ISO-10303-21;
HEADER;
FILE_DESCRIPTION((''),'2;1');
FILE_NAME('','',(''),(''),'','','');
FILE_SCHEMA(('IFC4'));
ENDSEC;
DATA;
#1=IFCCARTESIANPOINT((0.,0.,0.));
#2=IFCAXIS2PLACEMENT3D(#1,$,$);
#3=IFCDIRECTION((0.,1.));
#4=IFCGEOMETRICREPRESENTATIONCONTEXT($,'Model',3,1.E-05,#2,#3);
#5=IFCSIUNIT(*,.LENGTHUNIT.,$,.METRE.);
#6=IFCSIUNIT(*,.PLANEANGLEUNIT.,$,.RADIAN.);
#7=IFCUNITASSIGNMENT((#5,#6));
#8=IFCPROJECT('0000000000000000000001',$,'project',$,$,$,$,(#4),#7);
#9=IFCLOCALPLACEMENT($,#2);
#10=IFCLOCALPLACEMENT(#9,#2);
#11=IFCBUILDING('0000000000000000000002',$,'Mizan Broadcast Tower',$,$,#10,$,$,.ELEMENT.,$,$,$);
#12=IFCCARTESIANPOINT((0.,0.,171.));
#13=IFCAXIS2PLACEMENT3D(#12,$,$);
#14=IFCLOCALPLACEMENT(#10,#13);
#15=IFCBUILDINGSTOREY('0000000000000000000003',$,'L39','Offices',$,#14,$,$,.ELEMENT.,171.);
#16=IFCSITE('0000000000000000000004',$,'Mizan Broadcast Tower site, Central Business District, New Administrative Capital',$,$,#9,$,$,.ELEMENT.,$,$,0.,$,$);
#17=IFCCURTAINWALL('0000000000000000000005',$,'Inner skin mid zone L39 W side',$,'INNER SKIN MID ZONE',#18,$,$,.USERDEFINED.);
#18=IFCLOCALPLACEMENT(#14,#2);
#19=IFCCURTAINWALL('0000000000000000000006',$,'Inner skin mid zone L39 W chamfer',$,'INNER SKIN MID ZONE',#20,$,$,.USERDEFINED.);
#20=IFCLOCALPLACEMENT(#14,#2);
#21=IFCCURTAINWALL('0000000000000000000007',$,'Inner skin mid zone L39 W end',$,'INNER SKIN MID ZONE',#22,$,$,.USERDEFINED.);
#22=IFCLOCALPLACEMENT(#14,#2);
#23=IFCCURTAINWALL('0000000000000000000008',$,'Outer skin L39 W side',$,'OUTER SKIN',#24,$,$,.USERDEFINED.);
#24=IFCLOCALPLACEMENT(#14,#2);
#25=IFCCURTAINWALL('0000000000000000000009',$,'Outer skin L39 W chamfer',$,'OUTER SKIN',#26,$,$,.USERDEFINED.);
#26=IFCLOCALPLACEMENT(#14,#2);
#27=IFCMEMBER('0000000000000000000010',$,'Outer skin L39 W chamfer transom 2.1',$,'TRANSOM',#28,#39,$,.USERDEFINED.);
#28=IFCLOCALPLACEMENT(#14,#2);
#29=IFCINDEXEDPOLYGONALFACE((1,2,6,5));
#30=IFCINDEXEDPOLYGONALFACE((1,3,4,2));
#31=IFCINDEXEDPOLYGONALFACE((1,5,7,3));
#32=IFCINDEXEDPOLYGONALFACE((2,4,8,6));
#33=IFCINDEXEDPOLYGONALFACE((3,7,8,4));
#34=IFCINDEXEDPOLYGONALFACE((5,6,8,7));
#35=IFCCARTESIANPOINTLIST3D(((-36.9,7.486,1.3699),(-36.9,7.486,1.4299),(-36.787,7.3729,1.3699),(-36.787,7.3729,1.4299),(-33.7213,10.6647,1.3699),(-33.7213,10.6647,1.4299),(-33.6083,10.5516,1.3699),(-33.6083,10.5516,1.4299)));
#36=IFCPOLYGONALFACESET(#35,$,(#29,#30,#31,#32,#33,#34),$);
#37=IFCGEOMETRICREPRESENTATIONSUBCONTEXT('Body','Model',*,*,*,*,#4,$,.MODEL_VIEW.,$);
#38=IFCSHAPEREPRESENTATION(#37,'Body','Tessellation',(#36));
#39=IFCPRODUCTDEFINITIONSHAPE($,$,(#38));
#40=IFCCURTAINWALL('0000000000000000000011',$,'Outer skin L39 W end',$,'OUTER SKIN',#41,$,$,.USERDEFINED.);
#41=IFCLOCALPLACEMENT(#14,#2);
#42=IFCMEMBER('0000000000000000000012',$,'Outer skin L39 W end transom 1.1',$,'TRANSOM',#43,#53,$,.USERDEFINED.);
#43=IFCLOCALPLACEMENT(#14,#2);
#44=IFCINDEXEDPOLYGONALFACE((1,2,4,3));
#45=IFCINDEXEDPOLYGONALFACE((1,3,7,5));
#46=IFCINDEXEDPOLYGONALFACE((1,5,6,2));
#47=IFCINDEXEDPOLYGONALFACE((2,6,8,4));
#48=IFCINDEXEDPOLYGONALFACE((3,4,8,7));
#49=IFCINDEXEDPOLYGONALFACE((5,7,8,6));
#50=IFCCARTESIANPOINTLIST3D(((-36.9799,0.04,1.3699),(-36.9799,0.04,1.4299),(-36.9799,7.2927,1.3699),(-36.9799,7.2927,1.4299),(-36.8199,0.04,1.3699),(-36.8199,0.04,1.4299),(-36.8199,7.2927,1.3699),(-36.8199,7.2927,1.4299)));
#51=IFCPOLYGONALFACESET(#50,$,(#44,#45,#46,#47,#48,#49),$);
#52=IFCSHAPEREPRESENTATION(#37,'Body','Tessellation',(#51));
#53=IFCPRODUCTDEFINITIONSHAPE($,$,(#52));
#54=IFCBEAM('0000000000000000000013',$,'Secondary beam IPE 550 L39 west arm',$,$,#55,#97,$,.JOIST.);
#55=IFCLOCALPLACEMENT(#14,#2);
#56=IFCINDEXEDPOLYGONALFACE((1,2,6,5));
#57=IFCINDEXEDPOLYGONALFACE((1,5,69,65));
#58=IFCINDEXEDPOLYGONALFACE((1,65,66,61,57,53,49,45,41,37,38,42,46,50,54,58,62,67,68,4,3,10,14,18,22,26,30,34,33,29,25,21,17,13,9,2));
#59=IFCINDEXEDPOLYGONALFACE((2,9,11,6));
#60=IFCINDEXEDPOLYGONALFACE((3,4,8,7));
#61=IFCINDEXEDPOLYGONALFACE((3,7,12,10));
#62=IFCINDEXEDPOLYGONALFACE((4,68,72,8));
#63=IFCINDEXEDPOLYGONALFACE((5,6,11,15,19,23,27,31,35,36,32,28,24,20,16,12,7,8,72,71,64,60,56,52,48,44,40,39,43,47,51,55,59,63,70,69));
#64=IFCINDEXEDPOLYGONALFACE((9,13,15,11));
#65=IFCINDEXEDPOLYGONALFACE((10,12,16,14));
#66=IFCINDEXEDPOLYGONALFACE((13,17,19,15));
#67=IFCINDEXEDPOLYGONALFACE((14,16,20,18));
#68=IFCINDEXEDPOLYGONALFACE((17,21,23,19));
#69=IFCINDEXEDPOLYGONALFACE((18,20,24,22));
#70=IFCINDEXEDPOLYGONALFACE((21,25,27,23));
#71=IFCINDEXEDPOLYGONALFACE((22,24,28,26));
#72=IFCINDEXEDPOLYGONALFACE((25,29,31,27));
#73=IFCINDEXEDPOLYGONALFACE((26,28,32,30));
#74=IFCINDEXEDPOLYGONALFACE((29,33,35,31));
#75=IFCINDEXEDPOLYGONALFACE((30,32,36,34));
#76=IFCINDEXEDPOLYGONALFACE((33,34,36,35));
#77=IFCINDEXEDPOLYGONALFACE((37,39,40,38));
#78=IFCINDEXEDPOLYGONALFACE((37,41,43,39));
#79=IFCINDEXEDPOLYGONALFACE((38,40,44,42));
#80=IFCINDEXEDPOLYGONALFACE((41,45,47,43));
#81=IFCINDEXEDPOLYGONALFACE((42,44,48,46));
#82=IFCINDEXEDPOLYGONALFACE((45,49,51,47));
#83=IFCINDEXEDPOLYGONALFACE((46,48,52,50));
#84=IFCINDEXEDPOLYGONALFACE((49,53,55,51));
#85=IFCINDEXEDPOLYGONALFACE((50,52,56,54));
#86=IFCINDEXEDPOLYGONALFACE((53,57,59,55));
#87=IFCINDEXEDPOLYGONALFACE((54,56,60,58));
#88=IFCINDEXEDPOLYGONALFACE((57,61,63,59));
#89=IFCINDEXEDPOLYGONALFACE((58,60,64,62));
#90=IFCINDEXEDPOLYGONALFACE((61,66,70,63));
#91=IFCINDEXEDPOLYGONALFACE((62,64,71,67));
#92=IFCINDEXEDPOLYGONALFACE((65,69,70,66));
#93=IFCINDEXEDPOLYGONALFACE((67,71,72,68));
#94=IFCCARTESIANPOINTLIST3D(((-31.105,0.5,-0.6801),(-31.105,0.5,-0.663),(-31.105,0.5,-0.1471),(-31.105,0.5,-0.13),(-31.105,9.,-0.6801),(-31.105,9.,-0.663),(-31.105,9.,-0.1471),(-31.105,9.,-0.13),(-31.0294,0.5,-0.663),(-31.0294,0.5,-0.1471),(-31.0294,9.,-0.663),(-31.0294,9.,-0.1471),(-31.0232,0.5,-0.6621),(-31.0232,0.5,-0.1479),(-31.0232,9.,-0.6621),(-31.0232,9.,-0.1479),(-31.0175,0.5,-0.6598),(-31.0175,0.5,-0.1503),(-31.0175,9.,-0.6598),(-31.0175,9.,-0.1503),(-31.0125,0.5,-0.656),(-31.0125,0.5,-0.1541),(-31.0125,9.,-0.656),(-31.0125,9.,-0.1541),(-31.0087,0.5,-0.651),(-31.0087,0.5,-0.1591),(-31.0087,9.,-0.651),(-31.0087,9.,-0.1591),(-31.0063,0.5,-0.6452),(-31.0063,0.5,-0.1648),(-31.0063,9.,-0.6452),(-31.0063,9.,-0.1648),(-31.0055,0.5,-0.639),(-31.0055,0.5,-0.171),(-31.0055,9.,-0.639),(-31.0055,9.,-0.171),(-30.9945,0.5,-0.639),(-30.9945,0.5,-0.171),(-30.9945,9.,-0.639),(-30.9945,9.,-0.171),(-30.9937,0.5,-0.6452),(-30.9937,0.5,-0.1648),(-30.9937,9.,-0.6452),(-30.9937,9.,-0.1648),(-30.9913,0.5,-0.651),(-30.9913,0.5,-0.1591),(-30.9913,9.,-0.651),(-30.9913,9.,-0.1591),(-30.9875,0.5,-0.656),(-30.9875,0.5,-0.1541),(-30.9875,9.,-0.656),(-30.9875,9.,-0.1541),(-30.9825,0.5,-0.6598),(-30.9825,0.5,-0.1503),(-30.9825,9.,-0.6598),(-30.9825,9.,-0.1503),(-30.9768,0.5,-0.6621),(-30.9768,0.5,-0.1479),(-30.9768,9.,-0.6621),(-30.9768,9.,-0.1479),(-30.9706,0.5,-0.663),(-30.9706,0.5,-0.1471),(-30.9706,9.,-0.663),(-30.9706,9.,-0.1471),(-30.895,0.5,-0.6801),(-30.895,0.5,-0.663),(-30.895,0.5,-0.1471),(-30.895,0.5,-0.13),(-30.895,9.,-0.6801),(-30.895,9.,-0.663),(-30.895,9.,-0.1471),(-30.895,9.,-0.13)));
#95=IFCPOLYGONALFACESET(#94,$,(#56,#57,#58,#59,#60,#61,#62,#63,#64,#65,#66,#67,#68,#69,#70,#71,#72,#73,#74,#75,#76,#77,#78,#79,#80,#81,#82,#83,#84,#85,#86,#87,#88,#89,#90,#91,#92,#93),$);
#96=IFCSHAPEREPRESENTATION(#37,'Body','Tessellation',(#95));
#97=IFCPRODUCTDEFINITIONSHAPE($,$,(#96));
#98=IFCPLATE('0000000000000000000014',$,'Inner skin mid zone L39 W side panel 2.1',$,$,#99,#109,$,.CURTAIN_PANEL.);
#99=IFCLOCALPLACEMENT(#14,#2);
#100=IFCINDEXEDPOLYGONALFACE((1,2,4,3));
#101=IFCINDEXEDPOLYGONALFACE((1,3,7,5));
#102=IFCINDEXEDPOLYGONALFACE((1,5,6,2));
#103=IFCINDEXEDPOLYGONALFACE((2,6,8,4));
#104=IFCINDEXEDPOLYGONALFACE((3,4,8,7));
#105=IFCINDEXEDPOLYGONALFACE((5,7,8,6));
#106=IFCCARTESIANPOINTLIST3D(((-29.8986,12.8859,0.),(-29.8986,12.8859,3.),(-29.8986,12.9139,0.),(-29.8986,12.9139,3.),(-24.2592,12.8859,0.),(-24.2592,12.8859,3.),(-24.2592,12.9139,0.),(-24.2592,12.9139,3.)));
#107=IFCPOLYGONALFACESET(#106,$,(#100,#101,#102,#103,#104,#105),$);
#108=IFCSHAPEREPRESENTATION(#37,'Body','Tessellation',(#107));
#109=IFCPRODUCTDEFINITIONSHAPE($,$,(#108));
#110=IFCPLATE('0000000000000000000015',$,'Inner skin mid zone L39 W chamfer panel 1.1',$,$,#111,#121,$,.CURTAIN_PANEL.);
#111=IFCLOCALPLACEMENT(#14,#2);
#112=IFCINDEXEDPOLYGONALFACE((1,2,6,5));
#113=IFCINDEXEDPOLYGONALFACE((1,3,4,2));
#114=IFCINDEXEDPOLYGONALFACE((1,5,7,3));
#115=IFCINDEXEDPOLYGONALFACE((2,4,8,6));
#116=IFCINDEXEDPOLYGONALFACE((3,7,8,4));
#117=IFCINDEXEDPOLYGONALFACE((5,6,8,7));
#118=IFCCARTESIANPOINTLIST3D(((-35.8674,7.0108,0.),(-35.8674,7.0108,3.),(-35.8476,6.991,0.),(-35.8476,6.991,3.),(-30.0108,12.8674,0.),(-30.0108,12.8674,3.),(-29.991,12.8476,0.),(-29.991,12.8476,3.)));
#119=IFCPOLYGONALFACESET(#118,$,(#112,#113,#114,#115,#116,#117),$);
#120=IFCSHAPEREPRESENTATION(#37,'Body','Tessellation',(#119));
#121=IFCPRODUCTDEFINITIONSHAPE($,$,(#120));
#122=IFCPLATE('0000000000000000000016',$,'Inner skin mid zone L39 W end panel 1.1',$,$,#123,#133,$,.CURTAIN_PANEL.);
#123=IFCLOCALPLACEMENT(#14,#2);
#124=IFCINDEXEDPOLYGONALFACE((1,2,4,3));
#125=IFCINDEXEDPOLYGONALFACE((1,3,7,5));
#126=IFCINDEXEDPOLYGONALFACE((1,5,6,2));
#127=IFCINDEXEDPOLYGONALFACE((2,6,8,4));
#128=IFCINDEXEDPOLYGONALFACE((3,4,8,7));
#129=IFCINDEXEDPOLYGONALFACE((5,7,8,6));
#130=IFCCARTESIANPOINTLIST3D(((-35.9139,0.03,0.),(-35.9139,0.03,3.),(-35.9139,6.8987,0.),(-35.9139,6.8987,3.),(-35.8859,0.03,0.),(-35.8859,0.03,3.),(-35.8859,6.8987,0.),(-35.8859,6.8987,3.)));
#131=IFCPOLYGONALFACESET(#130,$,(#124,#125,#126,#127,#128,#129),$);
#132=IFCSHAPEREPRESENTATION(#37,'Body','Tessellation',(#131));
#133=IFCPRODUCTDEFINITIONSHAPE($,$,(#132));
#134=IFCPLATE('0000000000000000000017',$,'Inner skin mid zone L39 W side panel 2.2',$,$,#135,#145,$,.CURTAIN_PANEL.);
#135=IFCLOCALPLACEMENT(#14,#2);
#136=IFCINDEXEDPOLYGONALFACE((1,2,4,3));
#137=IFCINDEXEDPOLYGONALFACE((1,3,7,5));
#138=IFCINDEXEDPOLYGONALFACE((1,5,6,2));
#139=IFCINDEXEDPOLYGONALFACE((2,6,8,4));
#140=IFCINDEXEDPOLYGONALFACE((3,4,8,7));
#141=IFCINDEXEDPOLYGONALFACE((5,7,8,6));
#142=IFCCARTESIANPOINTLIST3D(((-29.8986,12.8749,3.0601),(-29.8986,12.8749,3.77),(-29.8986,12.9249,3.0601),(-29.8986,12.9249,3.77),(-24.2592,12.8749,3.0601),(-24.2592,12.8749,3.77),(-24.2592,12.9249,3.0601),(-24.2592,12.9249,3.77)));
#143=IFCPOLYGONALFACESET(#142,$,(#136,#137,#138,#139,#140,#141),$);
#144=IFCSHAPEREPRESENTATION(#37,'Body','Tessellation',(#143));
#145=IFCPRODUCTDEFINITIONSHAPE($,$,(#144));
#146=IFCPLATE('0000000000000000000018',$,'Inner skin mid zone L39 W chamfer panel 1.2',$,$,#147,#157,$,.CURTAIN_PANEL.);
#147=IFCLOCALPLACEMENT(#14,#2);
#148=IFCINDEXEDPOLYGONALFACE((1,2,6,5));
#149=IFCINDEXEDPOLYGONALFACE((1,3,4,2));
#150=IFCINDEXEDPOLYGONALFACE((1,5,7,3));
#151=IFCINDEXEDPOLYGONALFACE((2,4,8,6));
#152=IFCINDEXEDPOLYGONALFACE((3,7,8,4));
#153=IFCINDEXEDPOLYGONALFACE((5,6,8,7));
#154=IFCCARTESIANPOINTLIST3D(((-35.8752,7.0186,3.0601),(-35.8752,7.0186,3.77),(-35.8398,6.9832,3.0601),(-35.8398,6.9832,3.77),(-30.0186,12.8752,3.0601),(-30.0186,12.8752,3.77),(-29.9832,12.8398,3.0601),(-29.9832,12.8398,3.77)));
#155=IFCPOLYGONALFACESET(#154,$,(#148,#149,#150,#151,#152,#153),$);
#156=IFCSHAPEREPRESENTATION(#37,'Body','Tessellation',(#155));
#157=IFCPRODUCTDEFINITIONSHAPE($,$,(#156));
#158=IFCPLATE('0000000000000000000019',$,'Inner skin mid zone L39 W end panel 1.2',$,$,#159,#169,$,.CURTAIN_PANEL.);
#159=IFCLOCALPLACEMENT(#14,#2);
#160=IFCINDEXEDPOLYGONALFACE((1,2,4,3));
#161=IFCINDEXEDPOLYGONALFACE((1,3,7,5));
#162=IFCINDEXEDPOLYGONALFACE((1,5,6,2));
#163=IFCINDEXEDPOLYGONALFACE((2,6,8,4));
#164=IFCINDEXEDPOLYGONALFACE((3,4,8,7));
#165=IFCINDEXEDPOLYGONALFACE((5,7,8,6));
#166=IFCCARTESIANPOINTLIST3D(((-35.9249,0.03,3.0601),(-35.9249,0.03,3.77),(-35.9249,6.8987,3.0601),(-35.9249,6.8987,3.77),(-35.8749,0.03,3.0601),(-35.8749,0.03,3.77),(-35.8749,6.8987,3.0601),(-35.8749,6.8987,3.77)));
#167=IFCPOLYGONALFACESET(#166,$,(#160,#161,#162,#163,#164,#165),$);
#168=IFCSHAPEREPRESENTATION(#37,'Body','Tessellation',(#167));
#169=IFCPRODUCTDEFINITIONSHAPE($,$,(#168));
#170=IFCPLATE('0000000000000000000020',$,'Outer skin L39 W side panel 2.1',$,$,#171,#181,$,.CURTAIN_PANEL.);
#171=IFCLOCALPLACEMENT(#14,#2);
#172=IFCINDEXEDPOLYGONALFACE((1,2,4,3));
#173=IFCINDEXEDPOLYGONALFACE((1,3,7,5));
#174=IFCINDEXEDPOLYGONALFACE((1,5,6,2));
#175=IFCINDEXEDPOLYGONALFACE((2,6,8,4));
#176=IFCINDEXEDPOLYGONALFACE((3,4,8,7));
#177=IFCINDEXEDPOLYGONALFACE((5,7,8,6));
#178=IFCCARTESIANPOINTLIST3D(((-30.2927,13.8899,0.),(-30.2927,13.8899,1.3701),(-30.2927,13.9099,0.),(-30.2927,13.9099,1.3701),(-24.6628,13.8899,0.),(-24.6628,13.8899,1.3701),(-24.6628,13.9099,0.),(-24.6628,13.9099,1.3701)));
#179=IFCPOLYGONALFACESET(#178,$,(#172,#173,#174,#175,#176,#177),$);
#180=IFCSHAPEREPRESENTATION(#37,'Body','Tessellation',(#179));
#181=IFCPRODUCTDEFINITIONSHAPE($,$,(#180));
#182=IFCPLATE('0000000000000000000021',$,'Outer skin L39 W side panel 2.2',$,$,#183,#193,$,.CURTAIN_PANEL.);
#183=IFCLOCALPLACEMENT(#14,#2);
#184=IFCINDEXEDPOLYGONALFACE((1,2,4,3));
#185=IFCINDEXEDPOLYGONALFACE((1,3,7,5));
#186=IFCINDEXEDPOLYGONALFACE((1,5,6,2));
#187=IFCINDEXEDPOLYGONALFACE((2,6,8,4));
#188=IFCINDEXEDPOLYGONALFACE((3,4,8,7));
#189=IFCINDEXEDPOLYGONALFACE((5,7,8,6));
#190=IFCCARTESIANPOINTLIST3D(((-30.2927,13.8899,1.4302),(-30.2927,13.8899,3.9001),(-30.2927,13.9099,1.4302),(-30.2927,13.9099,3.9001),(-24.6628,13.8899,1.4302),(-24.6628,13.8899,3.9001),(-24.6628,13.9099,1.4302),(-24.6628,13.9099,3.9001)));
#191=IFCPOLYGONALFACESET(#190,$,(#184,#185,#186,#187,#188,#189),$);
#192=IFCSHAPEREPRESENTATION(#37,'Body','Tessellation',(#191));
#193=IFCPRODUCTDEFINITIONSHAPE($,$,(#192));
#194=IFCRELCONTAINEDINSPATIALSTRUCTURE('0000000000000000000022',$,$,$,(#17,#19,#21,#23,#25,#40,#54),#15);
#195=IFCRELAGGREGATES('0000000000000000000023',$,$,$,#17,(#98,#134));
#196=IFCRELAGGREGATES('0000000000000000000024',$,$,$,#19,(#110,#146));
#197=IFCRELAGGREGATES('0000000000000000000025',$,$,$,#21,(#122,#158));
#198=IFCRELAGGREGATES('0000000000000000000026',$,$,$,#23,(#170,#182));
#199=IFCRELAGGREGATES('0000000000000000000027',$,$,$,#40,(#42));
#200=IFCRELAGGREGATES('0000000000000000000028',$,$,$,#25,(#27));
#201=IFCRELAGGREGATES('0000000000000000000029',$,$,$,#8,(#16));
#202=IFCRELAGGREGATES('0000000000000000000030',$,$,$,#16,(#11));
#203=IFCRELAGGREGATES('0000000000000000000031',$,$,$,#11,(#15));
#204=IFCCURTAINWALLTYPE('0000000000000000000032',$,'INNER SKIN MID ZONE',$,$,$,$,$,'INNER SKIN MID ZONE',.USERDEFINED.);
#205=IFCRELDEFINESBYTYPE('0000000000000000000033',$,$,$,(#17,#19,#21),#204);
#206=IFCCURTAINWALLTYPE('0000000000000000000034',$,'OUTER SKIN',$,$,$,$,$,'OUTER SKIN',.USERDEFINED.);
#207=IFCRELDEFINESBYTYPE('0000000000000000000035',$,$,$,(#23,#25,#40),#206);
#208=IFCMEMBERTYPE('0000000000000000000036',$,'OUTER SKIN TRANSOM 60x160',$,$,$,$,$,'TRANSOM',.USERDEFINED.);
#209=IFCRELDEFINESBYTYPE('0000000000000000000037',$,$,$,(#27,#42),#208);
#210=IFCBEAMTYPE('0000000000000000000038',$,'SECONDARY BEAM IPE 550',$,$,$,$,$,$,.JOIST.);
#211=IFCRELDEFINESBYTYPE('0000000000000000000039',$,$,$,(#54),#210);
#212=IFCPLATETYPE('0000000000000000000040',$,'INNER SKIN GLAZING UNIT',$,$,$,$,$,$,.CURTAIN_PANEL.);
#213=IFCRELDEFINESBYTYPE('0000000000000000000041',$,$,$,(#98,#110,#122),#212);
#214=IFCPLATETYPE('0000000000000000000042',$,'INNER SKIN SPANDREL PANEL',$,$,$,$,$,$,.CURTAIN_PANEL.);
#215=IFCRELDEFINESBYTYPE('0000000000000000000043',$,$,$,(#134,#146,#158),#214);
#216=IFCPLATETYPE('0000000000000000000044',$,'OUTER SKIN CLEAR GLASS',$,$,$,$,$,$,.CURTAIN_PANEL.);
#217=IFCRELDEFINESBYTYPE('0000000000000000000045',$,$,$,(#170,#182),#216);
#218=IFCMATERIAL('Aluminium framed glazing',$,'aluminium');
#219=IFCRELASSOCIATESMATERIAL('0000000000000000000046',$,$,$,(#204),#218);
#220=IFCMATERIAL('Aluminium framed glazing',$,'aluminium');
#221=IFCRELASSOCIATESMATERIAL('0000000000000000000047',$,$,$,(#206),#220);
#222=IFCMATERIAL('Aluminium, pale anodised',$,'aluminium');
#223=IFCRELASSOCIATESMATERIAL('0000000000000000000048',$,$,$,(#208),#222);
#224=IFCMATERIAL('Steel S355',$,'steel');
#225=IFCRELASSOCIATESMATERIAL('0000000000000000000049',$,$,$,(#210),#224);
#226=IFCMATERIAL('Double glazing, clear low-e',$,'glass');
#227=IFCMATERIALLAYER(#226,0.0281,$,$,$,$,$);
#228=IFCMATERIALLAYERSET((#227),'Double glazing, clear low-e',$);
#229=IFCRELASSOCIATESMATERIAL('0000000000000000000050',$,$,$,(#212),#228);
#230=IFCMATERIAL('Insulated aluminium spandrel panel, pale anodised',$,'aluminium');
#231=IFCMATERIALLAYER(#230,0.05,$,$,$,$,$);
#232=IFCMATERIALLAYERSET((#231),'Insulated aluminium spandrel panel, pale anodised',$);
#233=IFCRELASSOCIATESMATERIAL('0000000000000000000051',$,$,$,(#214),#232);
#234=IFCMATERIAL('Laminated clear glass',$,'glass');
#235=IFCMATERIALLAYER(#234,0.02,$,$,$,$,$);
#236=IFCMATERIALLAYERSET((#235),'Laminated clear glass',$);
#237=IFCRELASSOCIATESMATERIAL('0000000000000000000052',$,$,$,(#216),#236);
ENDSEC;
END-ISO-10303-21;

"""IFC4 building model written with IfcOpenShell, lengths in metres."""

from ifc_helpers import new_model, si_unit, direction, frame, origin, origin_2d, place, context, subcontext, project, spatial, rectangle, i_section, extrude, material, layer, layer_set, material_profile, profile_set, type_object, element, aggregate, save


model = new_model("IFC4")

# Units and contexts
model_context = context("Model", 3, precision=1e-05, world=origin(), true_north=direction((0.0, 1.0)))
body_context = subcontext(model_context, "Body", "Model", "MODEL_VIEW")
ifc_project = project(units=[si_unit("LENGTHUNIT", "METRE"), si_unit("PLANEANGLEUNIT", "RADIAN")], contexts=[model_context])

# Site, building, storey
site_placement = place(None, origin())
site = spatial("IfcSite", under=ifc_project, at=site_placement, Name="Mizan Broadcast Tower site, Central Business District, New Administrative Capital", CompositionType="ELEMENT", RefElevation=0.0)
building_placement = place(site_placement, origin())
building = spatial("IfcBuilding", under=site, at=building_placement, Name="Mizan Broadcast Tower", CompositionType="ELEMENT")
storey_placement = place(building_placement, frame((0.0, 0.0, 171.0)))
storey = spatial("IfcBuildingStorey", under=building, at=storey_placement, Name="L39", Description="Offices", CompositionType="ELEMENT", Elevation=171.0)

# Curtain wall
ifc_material_1 = material(Name="Aluminium framed glazing", Category="aluminium")
curtain_wall_type_1 = type_object("IfcCurtainWallType", Name="INNER SKIN MID ZONE", ElementType="INNER SKIN MID ZONE", PredefinedType="USERDEFINED", material=ifc_material_1)
curtain_wall_1_placement = place(storey_placement, origin())
curtain_wall_1 = element("IfcCurtainWall", 1, at=curtain_wall_1_placement, inside=storey, type_object=curtain_wall_type_1, Name="Inner skin mid zone L39 W side", ObjectType="INNER SKIN MID ZONE", PredefinedType="USERDEFINED")

# Curtain wall
curtain_wall_2_placement = place(storey_placement, origin())
curtain_wall_2 = element("IfcCurtainWall", 2, at=curtain_wall_2_placement, inside=storey, type_object=curtain_wall_type_1, Name="Inner skin mid zone L39 W chamfer", ObjectType="INNER SKIN MID ZONE", PredefinedType="USERDEFINED")

# Curtain walls
curtain_wall_3_placement = place(storey_placement, origin())
curtain_wall_3 = element("IfcCurtainWall", 3, at=curtain_wall_3_placement, inside=storey, type_object=curtain_wall_type_1, Name="Inner skin mid zone L39 W end", ObjectType="INNER SKIN MID ZONE", PredefinedType="USERDEFINED")
ifc_material_2 = material(Name="Aluminium framed glazing", Category="aluminium")
curtain_wall_type_2 = type_object("IfcCurtainWallType", Name="OUTER SKIN", ElementType="OUTER SKIN", PredefinedType="USERDEFINED", material=ifc_material_2)
curtain_wall_4_placement = place(storey_placement, origin())
curtain_wall_4 = element("IfcCurtainWall", 4, at=curtain_wall_4_placement, inside=storey, type_object=curtain_wall_type_2, Name="Outer skin L39 W side", ObjectType="OUTER SKIN", PredefinedType="USERDEFINED")

# Curtain wall, member
curtain_wall_5_placement = place(storey_placement, origin())
curtain_wall_5 = element("IfcCurtainWall", 5, at=curtain_wall_5_placement, inside=storey, type_object=curtain_wall_type_2, Name="Outer skin L39 W chamfer", ObjectType="OUTER SKIN", PredefinedType="USERDEFINED")
ifc_material_3 = material(Name="Aluminium, pale anodised", Category="aluminium")
ifc_material_profile_1 = material_profile(ifc_material_3, rectangle(XDim=0.1599, YDim=0.0601, at=origin_2d()), Name="TRANSOM 160x60")
ifc_profile_set_1 = profile_set([ifc_material_profile_1], Name="Aluminium, pale anodised")
member_type_1 = type_object("IfcMemberType", Name="OUTER SKIN TRANSOM 60x160", ElementType="TRANSOM", PredefinedType="USERDEFINED", material=ifc_profile_set_1)
member_1_placement = place(storey_placement, frame((-33.6648, 10.6082, 1.3999), z_axis=(-0.707107, -0.707107, 0.0), x_axis=(0.707107, -0.707107, 0.0)))
member_1 = element("IfcMember", 6, at=member_1_placement, type_object=member_type_1, Name="Outer skin L39 W chamfer transom 2.1", ObjectType="TRANSOM", PredefinedType="USERDEFINED", context=body_context, shape_type="SweptSolid", body=[
    extrude(rectangle(XDim=0.1599, YDim=0.0601, at=origin_2d()), origin(), (0.0, 0.0, 1.0), 4.4954),
])

# Curtain wall, member
curtain_wall_6_placement = place(storey_placement, origin())
curtain_wall_6 = element("IfcCurtainWall", 7, at=curtain_wall_6_placement, inside=storey, type_object=curtain_wall_type_2, Name="Outer skin L39 W end", ObjectType="OUTER SKIN", PredefinedType="USERDEFINED")
member_2_placement = place(storey_placement, frame((-36.8999, 7.2927, 1.3999), z_axis=(0.0, -1.0, 0.0), x_axis=(1.0, 0.0, 0.0)))
member_2 = element("IfcMember", 8, at=member_2_placement, type_object=member_type_1, Name="Outer skin L39 W end transom 1.1", ObjectType="TRANSOM", PredefinedType="USERDEFINED", context=body_context, shape_type="SweptSolid", body=[
    extrude(rectangle(XDim=0.1599, YDim=0.0601, at=origin_2d()), origin(), (0.0, 0.0, 1.0), 7.2527),
])

# Beam
ifc_material_4 = material(Name="Steel S355", Category="steel")
ifc_material_profile_2 = material_profile(ifc_material_4, i_section(OverallWidth=0.21, OverallDepth=0.55, WebThickness=0.011, FlangeThickness=0.0171, FilletRadius=0.0239, at=origin_2d()), Name="IPE 550")
ifc_profile_set_2 = profile_set([ifc_material_profile_2], Name="Steel S355")
beam_type_1 = type_object("IfcBeamType", Name="SECONDARY BEAM IPE 550", PredefinedType="JOIST", material=ifc_profile_set_2)
beam_1_placement = place(storey_placement, frame((-31.0, 9.0, -0.405), z_axis=(0.0, -1.0, 0.0), x_axis=(1.0, 0.0, 0.0)))
element("IfcBeam", 9, at=beam_1_placement, inside=storey, type_object=beam_type_1, Name="Secondary beam IPE 550 L39 west arm", PredefinedType="JOIST", context=body_context, shape_type="SweptSolid", body=[
    extrude(i_section(OverallWidth=0.21, OverallDepth=0.55, WebThickness=0.011, FlangeThickness=0.0171, FilletRadius=0.0239, at=origin_2d()), origin(), (0.0, 0.0, 1.0), 8.5),
])

# Plates
ifc_material_5 = material(Name="Double glazing, clear low-e", Category="glass")
ifc_layer_1 = layer(ifc_material_5, 0.0281)
ifc_layer_set_1 = layer_set([ifc_layer_1], Name="Double glazing, clear low-e")
plate_type_1 = type_object("IfcPlateType", Name="INNER SKIN GLAZING UNIT", PredefinedType="CURTAIN_PANEL", material=ifc_layer_set_1)
plate_1_placement = place(storey_placement, frame((-27.0789, 12.8999, 0.0), z_axis=(0.0, 0.0, 1.0), x_axis=(-1.0, 0.0, 0.0)))
plate_1 = element("IfcPlate", 10, at=plate_1_placement, type_object=plate_type_1, Name="Inner skin mid zone L39 W side panel 2.1", PredefinedType="CURTAIN_PANEL", context=body_context, shape_type="SweptSolid", body=[
    extrude(rectangle(XDim=5.6394, YDim=0.0281, at=origin_2d()), origin(), (0.0, 0.0, 1.0), 3.0),
])
plate_2_placement = place(storey_placement, frame((-32.9292, 9.9292, 0.0), z_axis=(0.0, 0.0, 1.0), x_axis=(-0.707107, -0.707107, 0.0)))
plate_2 = element("IfcPlate", 11, at=plate_2_placement, type_object=plate_type_1, Name="Inner skin mid zone L39 W chamfer panel 1.1", PredefinedType="CURTAIN_PANEL", context=body_context, shape_type="SweptSolid", body=[
    extrude(rectangle(XDim=8.2825, YDim=0.0281, at=origin_2d()), origin(), (0.0, 0.0, 1.0), 3.0),
])
plate_3_placement = place(storey_placement, frame((-35.8999, 3.4644, 0.0), z_axis=(0.0, 0.0, 1.0), x_axis=(0.0, -1.0, 0.0)))
plate_3 = element("IfcPlate", 12, at=plate_3_placement, type_object=plate_type_1, Name="Inner skin mid zone L39 W end panel 1.1", PredefinedType="CURTAIN_PANEL", context=body_context, shape_type="SweptSolid", body=[
    extrude(rectangle(XDim=6.8687, YDim=0.0281, at=origin_2d()), origin(), (0.0, 0.0, 1.0), 3.0),
])
ifc_material_6 = material(Name="Insulated aluminium spandrel panel, pale anodised", Category="aluminium")
ifc_layer_2 = layer(ifc_material_6, 0.05)
ifc_layer_set_2 = layer_set([ifc_layer_2], Name="Insulated aluminium spandrel panel, pale anodised")
plate_type_2 = type_object("IfcPlateType", Name="INNER SKIN SPANDREL PANEL", PredefinedType="CURTAIN_PANEL", material=ifc_layer_set_2)
plate_4_placement = place(storey_placement, frame((-27.0789, 12.8999, 3.0601), z_axis=(0.0, 0.0, 1.0), x_axis=(-1.0, 0.0, 0.0)))
plate_4 = element("IfcPlate", 13, at=plate_4_placement, type_object=plate_type_2, Name="Inner skin mid zone L39 W side panel 2.2", PredefinedType="CURTAIN_PANEL", context=body_context, shape_type="SweptSolid", body=[
    extrude(rectangle(XDim=5.6394, YDim=0.05, at=origin_2d()), origin(), (0.0, 0.0, 1.0), 0.71),
])
aggregate(curtain_wall_1, [plate_1, plate_4])
plate_5_placement = place(storey_placement, frame((-32.9292, 9.9292, 3.0601), z_axis=(0.0, 0.0, 1.0), x_axis=(-0.707107, -0.707107, 0.0)))
plate_5 = element("IfcPlate", 14, at=plate_5_placement, type_object=plate_type_2, Name="Inner skin mid zone L39 W chamfer panel 1.2", PredefinedType="CURTAIN_PANEL", context=body_context, shape_type="SweptSolid", body=[
    extrude(rectangle(XDim=8.2825, YDim=0.05, at=origin_2d()), origin(), (0.0, 0.0, 1.0), 0.71),
])
aggregate(curtain_wall_2, [plate_2, plate_5])
plate_6_placement = place(storey_placement, frame((-35.8999, 3.4644, 3.0601), z_axis=(0.0, 0.0, 1.0), x_axis=(0.0, -1.0, 0.0)))
plate_6 = element("IfcPlate", 15, at=plate_6_placement, type_object=plate_type_2, Name="Inner skin mid zone L39 W end panel 1.2", PredefinedType="CURTAIN_PANEL", context=body_context, shape_type="SweptSolid", body=[
    extrude(rectangle(XDim=6.8687, YDim=0.05, at=origin_2d()), origin(), (0.0, 0.0, 1.0), 0.71),
])
aggregate(curtain_wall_3, [plate_3, plate_6])
ifc_material_7 = material(Name="Laminated clear glass", Category="glass")
ifc_layer_3 = layer(ifc_material_7, 0.02)
ifc_layer_set_3 = layer_set([ifc_layer_3], Name="Laminated clear glass")
plate_type_3 = type_object("IfcPlateType", Name="OUTER SKIN CLEAR GLASS", PredefinedType="CURTAIN_PANEL", material=ifc_layer_set_3)
plate_7_placement = place(storey_placement, frame((-27.4778, 13.8999, 0.0), z_axis=(0.0, 0.0, 1.0), x_axis=(-1.0, 0.0, 0.0)))
plate_7 = element("IfcPlate", 16, at=plate_7_placement, type_object=plate_type_3, Name="Outer skin L39 W side panel 2.1", PredefinedType="CURTAIN_PANEL", context=body_context, shape_type="SweptSolid", body=[
    extrude(rectangle(XDim=5.6299, YDim=0.02, at=origin_2d()), origin(), (0.0, 0.0, 1.0), 1.3701),
])
plate_8_placement = place(storey_placement, frame((-27.4778, 13.8999, 1.4302), z_axis=(0.0, 0.0, 1.0), x_axis=(-1.0, 0.0, 0.0)))
plate_8 = element("IfcPlate", 17, at=plate_8_placement, type_object=plate_type_3, Name="Outer skin L39 W side panel 2.2", PredefinedType="CURTAIN_PANEL", context=body_context, shape_type="SweptSolid", body=[
    extrude(rectangle(XDim=5.6299, YDim=0.02, at=origin_2d()), origin(), (0.0, 0.0, 1.0), 2.47),
])
aggregate(curtain_wall_4, [plate_7, plate_8])
aggregate(curtain_wall_6, [member_2])
aggregate(curtain_wall_5, [member_1])

save(model, "model.ifc")
